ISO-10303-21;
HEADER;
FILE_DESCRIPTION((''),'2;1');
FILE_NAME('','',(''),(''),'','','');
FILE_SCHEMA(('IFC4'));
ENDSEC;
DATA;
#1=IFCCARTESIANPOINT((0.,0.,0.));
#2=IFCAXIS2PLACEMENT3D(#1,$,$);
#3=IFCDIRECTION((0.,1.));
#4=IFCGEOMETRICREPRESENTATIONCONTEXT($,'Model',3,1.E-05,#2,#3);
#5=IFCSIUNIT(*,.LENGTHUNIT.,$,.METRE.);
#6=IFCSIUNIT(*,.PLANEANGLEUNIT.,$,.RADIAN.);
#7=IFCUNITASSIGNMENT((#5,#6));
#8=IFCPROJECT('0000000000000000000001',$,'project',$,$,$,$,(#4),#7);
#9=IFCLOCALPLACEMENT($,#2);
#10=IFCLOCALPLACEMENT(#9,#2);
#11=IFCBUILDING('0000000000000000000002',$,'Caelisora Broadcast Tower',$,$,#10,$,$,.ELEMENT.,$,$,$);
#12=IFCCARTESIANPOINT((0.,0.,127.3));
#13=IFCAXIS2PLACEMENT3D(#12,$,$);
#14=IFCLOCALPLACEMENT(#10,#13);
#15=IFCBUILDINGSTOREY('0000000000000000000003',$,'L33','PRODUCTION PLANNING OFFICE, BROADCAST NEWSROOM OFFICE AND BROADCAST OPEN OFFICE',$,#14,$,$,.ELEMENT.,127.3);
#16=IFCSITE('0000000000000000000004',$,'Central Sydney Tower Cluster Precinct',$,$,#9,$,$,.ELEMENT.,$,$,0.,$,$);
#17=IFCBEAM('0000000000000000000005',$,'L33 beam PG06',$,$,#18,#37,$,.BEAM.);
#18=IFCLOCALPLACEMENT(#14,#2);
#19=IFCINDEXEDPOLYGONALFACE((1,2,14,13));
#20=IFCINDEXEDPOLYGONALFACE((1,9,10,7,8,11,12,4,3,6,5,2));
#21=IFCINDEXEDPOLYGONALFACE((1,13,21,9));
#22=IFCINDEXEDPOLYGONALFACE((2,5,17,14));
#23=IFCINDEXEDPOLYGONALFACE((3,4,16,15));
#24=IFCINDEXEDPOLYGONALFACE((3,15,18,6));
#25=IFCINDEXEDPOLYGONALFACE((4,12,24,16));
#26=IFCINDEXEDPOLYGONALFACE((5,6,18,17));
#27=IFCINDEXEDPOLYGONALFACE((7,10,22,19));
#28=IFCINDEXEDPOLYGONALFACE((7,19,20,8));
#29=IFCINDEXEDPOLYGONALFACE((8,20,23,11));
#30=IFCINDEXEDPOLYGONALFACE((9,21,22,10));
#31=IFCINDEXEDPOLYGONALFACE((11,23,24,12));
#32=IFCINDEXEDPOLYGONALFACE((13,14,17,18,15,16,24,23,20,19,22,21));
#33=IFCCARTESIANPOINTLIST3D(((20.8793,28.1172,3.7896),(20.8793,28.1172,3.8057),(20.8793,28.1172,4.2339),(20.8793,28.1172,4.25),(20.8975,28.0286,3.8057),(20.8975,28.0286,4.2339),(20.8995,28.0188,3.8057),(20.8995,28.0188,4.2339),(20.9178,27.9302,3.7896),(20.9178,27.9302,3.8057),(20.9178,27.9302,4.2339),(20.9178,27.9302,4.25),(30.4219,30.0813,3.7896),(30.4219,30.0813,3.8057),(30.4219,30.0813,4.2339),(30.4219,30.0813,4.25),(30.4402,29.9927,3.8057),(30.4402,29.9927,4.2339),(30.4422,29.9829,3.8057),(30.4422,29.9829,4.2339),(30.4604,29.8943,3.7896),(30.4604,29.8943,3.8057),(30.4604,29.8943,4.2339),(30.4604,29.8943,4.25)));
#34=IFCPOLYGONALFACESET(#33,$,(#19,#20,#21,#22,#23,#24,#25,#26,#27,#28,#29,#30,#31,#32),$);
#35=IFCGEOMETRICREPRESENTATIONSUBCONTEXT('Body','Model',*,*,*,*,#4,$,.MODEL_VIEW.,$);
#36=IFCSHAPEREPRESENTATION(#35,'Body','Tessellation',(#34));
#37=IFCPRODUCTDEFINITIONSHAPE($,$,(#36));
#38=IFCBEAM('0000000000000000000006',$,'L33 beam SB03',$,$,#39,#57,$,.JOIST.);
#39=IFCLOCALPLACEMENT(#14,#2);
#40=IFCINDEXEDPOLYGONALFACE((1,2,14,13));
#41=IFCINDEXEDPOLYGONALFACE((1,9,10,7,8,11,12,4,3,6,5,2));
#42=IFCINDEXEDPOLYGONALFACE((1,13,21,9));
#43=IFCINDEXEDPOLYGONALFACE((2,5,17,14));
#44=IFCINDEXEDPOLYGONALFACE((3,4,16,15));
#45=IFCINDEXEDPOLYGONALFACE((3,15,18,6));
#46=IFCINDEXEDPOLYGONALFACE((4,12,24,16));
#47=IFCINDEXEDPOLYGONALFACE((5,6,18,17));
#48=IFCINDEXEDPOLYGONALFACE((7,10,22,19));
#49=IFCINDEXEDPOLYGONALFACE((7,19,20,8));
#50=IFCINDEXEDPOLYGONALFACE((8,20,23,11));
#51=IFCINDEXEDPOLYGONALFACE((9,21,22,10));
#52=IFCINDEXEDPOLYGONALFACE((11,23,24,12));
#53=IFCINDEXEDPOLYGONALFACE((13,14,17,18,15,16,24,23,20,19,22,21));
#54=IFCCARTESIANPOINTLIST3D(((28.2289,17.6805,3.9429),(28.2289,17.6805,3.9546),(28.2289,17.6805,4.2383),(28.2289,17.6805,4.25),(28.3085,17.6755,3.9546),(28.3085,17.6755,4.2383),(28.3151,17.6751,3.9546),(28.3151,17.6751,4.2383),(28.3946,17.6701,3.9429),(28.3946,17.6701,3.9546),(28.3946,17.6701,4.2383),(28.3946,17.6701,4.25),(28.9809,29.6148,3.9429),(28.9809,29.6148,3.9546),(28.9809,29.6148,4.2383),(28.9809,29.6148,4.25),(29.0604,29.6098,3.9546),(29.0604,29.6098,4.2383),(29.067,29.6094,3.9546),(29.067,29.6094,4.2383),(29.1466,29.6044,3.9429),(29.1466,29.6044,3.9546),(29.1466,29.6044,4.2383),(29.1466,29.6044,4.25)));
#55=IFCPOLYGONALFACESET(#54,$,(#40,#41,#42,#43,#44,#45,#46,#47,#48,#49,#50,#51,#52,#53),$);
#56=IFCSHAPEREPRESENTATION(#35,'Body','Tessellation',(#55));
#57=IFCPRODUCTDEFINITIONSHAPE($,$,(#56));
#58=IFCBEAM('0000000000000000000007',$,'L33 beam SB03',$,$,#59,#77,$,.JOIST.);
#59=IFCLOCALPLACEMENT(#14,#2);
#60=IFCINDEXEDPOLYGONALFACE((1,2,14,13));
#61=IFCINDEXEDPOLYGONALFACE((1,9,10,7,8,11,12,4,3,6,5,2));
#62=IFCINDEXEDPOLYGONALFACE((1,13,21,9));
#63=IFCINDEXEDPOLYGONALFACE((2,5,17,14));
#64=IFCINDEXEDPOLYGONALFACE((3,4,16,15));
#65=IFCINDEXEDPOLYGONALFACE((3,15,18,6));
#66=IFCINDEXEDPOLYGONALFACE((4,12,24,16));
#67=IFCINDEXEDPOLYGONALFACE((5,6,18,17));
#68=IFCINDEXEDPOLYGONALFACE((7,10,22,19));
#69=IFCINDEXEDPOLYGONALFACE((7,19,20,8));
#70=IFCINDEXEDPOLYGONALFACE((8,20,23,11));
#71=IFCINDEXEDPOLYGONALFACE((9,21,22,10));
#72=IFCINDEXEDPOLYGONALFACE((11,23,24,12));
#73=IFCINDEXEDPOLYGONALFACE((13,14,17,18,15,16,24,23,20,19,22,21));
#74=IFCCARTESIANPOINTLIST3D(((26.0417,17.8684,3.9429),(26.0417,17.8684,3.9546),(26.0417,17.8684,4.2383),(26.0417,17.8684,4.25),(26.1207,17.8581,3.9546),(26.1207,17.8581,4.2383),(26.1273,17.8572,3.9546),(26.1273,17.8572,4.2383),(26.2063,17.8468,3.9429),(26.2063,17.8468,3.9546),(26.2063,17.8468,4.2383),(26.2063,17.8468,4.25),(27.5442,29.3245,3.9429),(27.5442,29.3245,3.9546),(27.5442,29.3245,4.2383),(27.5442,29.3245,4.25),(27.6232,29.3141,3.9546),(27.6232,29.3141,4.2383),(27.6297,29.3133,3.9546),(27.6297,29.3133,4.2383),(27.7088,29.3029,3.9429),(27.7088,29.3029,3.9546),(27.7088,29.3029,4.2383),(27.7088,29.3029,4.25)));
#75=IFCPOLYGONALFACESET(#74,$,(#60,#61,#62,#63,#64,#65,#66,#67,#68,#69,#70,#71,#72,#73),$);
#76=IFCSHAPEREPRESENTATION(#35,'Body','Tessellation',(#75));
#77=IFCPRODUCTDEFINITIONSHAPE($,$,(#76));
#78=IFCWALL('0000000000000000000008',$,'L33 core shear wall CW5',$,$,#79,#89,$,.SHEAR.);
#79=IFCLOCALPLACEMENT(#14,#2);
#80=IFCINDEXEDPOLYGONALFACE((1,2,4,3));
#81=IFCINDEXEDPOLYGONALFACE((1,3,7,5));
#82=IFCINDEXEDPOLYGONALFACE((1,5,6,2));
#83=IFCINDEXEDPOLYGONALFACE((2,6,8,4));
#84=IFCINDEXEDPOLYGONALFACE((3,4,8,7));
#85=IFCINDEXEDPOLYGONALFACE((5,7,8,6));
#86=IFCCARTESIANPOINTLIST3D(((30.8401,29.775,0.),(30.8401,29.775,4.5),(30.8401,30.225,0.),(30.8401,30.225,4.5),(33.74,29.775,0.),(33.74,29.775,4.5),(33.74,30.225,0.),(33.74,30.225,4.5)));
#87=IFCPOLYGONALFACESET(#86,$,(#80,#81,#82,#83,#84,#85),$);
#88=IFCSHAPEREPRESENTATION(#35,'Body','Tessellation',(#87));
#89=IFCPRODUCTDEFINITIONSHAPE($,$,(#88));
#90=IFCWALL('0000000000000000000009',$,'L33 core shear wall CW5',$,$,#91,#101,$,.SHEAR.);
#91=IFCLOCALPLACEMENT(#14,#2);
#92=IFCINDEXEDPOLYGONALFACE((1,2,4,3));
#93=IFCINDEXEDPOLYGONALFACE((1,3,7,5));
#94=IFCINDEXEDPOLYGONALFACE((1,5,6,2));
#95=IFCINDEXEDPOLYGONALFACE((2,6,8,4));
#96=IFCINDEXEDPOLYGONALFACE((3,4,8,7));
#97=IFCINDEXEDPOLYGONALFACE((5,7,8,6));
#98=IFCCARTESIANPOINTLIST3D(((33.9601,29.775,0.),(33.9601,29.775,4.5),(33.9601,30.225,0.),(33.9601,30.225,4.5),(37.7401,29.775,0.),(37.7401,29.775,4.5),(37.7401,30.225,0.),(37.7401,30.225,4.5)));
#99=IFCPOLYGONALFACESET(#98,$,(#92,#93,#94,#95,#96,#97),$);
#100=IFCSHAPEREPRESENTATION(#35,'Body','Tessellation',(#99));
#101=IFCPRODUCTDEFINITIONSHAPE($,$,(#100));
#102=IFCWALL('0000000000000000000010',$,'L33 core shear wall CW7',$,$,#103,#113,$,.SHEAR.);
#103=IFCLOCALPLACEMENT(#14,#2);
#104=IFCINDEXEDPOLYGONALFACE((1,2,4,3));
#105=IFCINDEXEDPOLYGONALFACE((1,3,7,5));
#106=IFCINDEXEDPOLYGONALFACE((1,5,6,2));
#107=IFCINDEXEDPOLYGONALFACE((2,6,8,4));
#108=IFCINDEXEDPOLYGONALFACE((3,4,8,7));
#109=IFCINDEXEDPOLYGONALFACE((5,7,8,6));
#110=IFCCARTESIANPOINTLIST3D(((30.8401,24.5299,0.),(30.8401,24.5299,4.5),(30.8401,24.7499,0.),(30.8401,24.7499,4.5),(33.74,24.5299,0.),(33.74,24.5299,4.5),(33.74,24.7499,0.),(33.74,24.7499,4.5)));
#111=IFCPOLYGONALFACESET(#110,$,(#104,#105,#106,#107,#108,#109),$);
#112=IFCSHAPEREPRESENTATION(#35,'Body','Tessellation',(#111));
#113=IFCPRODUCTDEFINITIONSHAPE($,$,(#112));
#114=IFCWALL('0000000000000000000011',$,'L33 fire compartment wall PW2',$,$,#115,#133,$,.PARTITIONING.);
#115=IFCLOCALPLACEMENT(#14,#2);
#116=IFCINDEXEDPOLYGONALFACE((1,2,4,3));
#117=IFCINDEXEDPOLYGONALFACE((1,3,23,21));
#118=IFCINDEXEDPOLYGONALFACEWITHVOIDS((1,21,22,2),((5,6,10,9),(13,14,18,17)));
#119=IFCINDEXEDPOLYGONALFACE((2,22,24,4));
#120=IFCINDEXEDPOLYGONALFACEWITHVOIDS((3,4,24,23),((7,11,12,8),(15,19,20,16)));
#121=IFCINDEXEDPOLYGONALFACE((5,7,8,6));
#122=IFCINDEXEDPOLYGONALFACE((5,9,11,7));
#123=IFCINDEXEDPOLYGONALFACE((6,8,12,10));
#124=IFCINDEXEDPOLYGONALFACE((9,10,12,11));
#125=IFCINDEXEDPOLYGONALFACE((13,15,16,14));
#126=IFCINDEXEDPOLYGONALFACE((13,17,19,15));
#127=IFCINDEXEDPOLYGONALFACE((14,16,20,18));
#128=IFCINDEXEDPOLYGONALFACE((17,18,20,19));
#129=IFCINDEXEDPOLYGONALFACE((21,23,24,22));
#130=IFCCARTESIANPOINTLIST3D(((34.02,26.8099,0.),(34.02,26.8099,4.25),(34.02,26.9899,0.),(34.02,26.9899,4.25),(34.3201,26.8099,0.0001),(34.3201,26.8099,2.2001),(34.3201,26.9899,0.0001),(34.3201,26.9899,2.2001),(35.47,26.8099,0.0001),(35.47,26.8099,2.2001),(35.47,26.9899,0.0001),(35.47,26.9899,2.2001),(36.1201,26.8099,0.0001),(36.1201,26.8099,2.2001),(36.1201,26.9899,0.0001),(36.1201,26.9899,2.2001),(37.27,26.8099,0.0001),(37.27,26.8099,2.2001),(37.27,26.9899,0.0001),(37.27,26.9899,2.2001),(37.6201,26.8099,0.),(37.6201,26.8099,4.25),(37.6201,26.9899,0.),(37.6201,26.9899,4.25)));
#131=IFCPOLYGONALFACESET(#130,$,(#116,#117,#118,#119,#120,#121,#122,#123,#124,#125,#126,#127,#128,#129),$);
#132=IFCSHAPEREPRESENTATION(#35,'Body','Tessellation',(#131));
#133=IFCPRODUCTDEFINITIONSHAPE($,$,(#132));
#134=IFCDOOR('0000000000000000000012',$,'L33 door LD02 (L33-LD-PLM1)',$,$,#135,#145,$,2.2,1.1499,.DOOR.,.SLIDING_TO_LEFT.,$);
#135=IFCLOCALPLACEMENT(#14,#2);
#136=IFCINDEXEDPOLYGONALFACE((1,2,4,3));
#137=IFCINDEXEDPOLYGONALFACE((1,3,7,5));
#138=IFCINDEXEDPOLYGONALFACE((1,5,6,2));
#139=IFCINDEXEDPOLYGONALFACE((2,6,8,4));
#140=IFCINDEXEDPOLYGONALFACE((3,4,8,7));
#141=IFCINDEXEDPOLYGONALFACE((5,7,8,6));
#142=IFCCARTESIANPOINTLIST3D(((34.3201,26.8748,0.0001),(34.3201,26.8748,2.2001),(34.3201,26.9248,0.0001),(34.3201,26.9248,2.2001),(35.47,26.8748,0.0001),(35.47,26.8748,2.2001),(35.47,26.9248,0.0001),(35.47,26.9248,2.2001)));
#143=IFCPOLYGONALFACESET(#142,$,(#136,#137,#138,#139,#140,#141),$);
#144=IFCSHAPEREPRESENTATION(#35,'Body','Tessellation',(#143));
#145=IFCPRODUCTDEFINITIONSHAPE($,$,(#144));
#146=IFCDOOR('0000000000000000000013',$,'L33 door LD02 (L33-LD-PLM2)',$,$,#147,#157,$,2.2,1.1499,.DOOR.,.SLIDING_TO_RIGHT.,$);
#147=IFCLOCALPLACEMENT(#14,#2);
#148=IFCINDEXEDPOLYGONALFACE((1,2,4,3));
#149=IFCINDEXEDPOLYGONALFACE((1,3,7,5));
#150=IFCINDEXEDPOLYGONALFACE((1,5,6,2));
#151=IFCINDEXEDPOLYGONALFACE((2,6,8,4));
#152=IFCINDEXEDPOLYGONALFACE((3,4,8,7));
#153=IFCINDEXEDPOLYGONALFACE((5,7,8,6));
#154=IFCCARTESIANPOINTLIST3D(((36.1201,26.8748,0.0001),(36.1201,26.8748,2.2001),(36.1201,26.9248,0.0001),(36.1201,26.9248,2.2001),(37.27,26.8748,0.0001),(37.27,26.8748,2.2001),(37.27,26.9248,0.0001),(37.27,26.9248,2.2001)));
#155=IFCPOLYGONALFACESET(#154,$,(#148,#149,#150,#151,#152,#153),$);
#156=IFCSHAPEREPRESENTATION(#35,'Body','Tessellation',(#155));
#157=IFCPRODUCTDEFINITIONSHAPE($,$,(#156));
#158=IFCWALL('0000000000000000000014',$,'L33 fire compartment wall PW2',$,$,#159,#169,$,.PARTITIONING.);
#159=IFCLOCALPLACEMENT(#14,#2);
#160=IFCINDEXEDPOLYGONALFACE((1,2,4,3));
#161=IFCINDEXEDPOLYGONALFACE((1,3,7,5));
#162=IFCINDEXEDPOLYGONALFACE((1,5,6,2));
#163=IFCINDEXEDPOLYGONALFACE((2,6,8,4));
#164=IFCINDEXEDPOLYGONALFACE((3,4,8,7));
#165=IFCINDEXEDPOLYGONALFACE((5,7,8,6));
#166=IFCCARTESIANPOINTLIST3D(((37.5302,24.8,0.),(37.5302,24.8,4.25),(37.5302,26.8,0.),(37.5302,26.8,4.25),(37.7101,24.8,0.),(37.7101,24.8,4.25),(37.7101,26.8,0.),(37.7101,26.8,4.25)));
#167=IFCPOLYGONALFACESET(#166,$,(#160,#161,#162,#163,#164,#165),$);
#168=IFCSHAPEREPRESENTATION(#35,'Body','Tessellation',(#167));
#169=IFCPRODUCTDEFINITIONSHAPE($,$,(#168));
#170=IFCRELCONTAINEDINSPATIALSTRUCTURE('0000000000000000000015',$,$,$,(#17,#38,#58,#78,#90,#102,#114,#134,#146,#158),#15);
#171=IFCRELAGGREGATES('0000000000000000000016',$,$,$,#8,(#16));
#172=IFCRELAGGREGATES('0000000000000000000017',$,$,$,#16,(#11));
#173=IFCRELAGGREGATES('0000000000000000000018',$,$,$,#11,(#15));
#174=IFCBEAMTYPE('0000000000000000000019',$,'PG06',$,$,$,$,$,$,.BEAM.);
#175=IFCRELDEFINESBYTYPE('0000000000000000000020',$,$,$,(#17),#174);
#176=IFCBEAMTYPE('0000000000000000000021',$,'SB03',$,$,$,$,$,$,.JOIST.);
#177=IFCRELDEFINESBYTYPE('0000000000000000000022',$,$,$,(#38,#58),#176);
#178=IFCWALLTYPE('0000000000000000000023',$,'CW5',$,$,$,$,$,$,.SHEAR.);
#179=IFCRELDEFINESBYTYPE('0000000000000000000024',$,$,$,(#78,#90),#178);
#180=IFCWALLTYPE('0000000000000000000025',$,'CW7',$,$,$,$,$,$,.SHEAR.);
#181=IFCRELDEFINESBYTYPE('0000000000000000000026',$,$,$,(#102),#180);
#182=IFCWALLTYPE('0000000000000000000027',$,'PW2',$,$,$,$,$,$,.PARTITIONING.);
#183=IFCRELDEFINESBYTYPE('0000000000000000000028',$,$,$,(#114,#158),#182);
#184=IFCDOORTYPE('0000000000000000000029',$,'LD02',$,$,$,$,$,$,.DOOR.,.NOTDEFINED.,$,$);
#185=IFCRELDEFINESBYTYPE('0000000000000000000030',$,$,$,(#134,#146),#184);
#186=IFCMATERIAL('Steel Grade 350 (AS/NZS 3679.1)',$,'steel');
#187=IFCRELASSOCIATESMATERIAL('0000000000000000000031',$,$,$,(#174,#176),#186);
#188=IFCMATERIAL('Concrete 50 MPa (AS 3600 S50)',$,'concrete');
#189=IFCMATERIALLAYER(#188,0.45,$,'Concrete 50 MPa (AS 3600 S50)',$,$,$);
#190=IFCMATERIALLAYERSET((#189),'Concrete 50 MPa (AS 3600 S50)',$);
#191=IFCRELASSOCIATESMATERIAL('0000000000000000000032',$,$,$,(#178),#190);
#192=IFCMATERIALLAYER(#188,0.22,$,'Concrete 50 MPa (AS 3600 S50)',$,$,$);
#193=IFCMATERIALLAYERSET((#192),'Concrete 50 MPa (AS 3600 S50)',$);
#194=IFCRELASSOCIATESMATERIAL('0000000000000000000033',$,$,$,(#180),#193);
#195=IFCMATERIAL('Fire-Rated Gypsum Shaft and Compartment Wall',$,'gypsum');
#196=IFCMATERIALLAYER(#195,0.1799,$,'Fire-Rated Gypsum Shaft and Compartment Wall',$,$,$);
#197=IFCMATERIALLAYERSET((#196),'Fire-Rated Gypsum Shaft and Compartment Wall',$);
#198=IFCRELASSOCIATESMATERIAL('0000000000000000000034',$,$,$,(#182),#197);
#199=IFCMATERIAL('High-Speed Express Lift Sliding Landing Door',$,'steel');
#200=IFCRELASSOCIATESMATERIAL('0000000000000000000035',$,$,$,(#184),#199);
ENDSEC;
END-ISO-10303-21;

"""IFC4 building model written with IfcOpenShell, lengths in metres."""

from ifc_helpers import new_model, si_unit, direction, frame, frame_2d, origin, origin_2d, place, context, subcontext, project, spatial, rectangle, i_section, extrude, source, transform, mapped, material, layer, layer_set, material_profile, profile_set, type_object, type_shapes, element, fill, save


model = new_model("IFC4")

# Units and contexts
model_context = context("Model", 3, precision=1e-05, world=origin(), true_north=direction((0.0, 1.0)))
body_context = subcontext(model_context, "Body", "Model", "MODEL_VIEW")
ifc_project = project(units=[si_unit("LENGTHUNIT", "METRE"), si_unit("PLANEANGLEUNIT", "RADIAN")], contexts=[model_context])

# Site, building, storey
site_placement = place(None, origin())
site = spatial("IfcSite", under=ifc_project, at=site_placement, Name="Central Sydney Tower Cluster Precinct", CompositionType="ELEMENT", RefElevation=0.0)
building_placement = place(site_placement, origin())
building = spatial("IfcBuilding", under=site, at=building_placement, Name="Caelisora Broadcast Tower", CompositionType="ELEMENT")
storey_placement = place(building_placement, frame((0.0, 0.0, 127.3)))
storey = spatial("IfcBuildingStorey", under=building, at=storey_placement, Name="L33", Description="PRODUCTION PLANNING OFFICE, BROADCAST NEWSROOM OFFICE AND BROADCAST OPEN OFFICE", CompositionType="ELEMENT", Elevation=127.3)

# Beams
ifc_material_1 = material(Name="Steel Grade 350 (AS/NZS 3679.1)", Category="steel")
ifc_material_profile_1 = material_profile(ifc_material_1, i_section(OverallWidth=0.1909, OverallDepth=0.4604, WebThickness=0.01, FlangeThickness=0.0161, at=origin_2d()), Name="Steel Grade 350 (AS/NZS 3679.1)")
ifc_profile_set_1 = profile_set([ifc_material_profile_1], Name="Steel Grade 350 (AS/NZS 3679.1)")
beam_type_1 = type_object("IfcBeamType", Name="PG06", PredefinedType="BEAM", material=ifc_profile_set_1)
shared_shape_1 = source(origin(), body_context, "Body", "SweptSolid", [
    extrude(i_section(OverallWidth=0.1909, OverallDepth=0.4604, WebThickness=0.01, FlangeThickness=0.0161, at=origin_2d()), origin(), (0.0, 0.0, 1.0), 9.7427),
])
beam_1_placement = place(storey_placement, frame((30.4412, 29.9878, 4.0198), z_axis=(-0.979469, -0.201597, 0.0), x_axis=(0.201597, -0.979469, 0.0)))
element("IfcBeam", 1, at=beam_1_placement, inside=storey, type_object=beam_type_1, Name="L33 beam PG06", PredefinedType="BEAM", context=body_context, shape_type="MappedRepresentation", body=[
    mapped(shared_shape_1, transform((0.0, 0.0, 0.0), scale=1.0)),
])
ifc_material_profile_2 = material_profile(ifc_material_1, i_section(OverallWidth=0.166, OverallDepth=0.3071, WebThickness=0.0066, FlangeThickness=0.0117, at=origin_2d()), Name="Steel Grade 350 (AS/NZS 3679.1)")
ifc_profile_set_2 = profile_set([ifc_material_profile_2], Name="Steel Grade 350 (AS/NZS 3679.1)")
beam_type_2 = type_object("IfcBeamType", Name="SB03", PredefinedType="JOIST", material=ifc_profile_set_2)
shared_shape_2 = source(origin(), body_context, "Body", "SweptSolid", [
    extrude(i_section(OverallWidth=0.166, OverallDepth=0.3071, WebThickness=0.0066, FlangeThickness=0.0117, at=origin_2d()), origin(), (0.0, 0.0, 1.0), 11.958),
])
beam_2_placement = place(storey_placement, frame((29.0637, 29.6096, 4.0964), z_axis=(-0.062883, -0.998021, 0.0), x_axis=(0.998021, -0.062883, 0.0)))
element("IfcBeam", 2, at=beam_2_placement, inside=storey, type_object=beam_type_2, Name="L33 beam SB03", PredefinedType="JOIST", context=body_context, shape_type="MappedRepresentation", body=[
    mapped(shared_shape_2, transform((0.0, 0.0, 0.0), scale=1.0)),
])
shared_shape_3 = source(origin(), body_context, "Body", "SweptSolid", [
    extrude(i_section(OverallWidth=0.166, OverallDepth=0.3071, WebThickness=0.0066, FlangeThickness=0.0117, at=origin_2d()), origin(), (0.0, 0.0, 1.0), 11.5542),
])
type_shapes(beam_type_2, [shared_shape_2, shared_shape_3])
beam_3_placement = place(storey_placement, frame((27.6265, 29.3137, 4.0964), z_axis=(-0.130035, -0.991509, 0.0), x_axis=(0.991509, -0.130035, 0.0)))
element("IfcBeam", 3, at=beam_3_placement, inside=storey, type_object=beam_type_2, Name="L33 beam SB03", PredefinedType="JOIST", context=body_context, shape_type="MappedRepresentation", body=[
    mapped(shared_shape_3, transform((0.0, 0.0, 0.0), scale=1.0)),
])

# Walls
ifc_material_2 = material(Name="Concrete 50 MPa (AS 3600 S50)", Category="concrete")
ifc_layer_1 = layer(ifc_material_2, 0.45, Name="Concrete 50 MPa (AS 3600 S50)")
ifc_layer_set_1 = layer_set([ifc_layer_1], Name="Concrete 50 MPa (AS 3600 S50)")
wall_type_1 = type_object("IfcWallType", Name="CW5", PredefinedType="SHEAR", material=ifc_layer_set_1)
wall_1_placement = place(storey_placement, frame((30.8401, 30.0, 0.0), z_axis=(0.0, 0.0, 1.0), x_axis=(1.0, 0.0, 0.0)))
element("IfcWall", 4, at=wall_1_placement, inside=storey, type_object=wall_type_1, Name="L33 core shear wall CW5", PredefinedType="SHEAR", context=body_context, shape_type="SweptSolid", body=[
    extrude(rectangle(XDim=2.8999, YDim=0.45, at=frame_2d((1.45, 0.0))), origin(), (0.0, 0.0, 1.0), 4.5),
])
wall_2_placement = place(storey_placement, frame((33.96, 30.0, 0.0), z_axis=(0.0, 0.0, 1.0), x_axis=(1.0, 0.0, 0.0)))
element("IfcWall", 5, at=wall_2_placement, inside=storey, type_object=wall_type_1, Name="L33 core shear wall CW5", PredefinedType="SHEAR", context=body_context, shape_type="SweptSolid", body=[
    extrude(rectangle(XDim=3.78, YDim=0.45, at=frame_2d((1.8901, 0.0))), origin(), (0.0, 0.0, 1.0), 4.5),
])
ifc_layer_2 = layer(ifc_material_2, 0.22, Name="Concrete 50 MPa (AS 3600 S50)")
ifc_layer_set_2 = layer_set([ifc_layer_2], Name="Concrete 50 MPa (AS 3600 S50)")
wall_type_2 = type_object("IfcWallType", Name="CW7", PredefinedType="SHEAR", material=ifc_layer_set_2)
wall_3_placement = place(storey_placement, frame((30.8401, 24.6399, 0.0), z_axis=(0.0, 0.0, 1.0), x_axis=(1.0, 0.0, 0.0)))
element("IfcWall", 6, at=wall_3_placement, inside=storey, type_object=wall_type_2, Name="L33 core shear wall CW7", PredefinedType="SHEAR", context=body_context, shape_type="SweptSolid", body=[
    extrude(rectangle(XDim=2.8999, YDim=0.22, at=frame_2d((1.45, 0.0))), origin(), (0.0, 0.0, 1.0), 4.5),
])

# Wall, openings, doors
ifc_material_3 = material(Name="Fire-Rated Gypsum Shaft and Compartment Wall", Category="gypsum")
ifc_layer_3 = layer(ifc_material_3, 0.1799, Name="Fire-Rated Gypsum Shaft and Compartment Wall")
ifc_layer_set_3 = layer_set([ifc_layer_3], Name="Fire-Rated Gypsum Shaft and Compartment Wall")
wall_type_3 = type_object("IfcWallType", Name="PW2", PredefinedType="PARTITIONING", material=ifc_layer_set_3)
wall_4_placement = place(storey_placement, frame((34.02, 26.8999, 0.0), z_axis=(0.0, 0.0, 1.0), x_axis=(1.0, 0.0, 0.0)))
wall_4 = element("IfcWall", 7, at=wall_4_placement, inside=storey, type_object=wall_type_3, Name="L33 fire compartment wall PW2", PredefinedType="PARTITIONING", context=body_context, shape_type="SweptSolid", body=[
    extrude(rectangle(XDim=3.6001, YDim=0.1799, at=frame_2d((1.8, 0.0))), origin(), (0.0, 0.0, 1.0), 4.25),
])
opening_1_placement = place(wall_4_placement, frame((0.3, 0.0, 0.0)))
opening_1 = element("IfcOpeningElement", 8, at=opening_1_placement, cuts=wall_4, PredefinedType="OPENING", context=body_context, shape_type="SweptSolid", body=[
    extrude(rectangle(XDim=1.1499, YDim=2.2, at=frame_2d((0.575, 1.1001))), frame((0.0, 0.1021, 0.0), z_axis=(0.0, -1.0, 0.0), x_axis=(1.0, 0.0, 0.0)), (0.0, 0.0, 1.0), 0.2039),
])
opening_2_placement = place(wall_4_placement, frame((2.1001, 0.0, 0.0)))
opening_2 = element("IfcOpeningElement", 9, at=opening_2_placement, cuts=wall_4, PredefinedType="OPENING", context=body_context, shape_type="SweptSolid", body=[
    extrude(rectangle(XDim=1.1499, YDim=2.2, at=frame_2d((0.575, 1.1001))), frame((0.0, 0.1021, 0.0), z_axis=(0.0, -1.0, 0.0), x_axis=(1.0, 0.0, 0.0)), (0.0, 0.0, 1.0), 0.2039),
])
ifc_material_4 = material(Name="High-Speed Express Lift Sliding Landing Door", Category="steel")
door_type = type_object("IfcDoorType", Name="LD02", OperationType="NOTDEFINED", PredefinedType="DOOR", material=ifc_material_4)
door_1_placement = place(opening_1_placement, origin())
door_1 = element("IfcDoor", 10, at=door_1_placement, inside=storey, type_object=door_type, Name="L33 door LD02 (L33-LD-PLM1)", OperationType="SLIDING_TO_LEFT", OverallHeight=2.2, OverallWidth=1.1499, PredefinedType="DOOR", context=body_context, shape_type="SweptSolid", body=[
    extrude(rectangle(XDim=1.1499, YDim=2.2, at=frame_2d((0.575, 1.1001))), frame((0.0, 0.0249, 0.0), z_axis=(0.0, -1.0, 0.0), x_axis=(1.0, 0.0, 0.0)), (0.0, 0.0, 1.0), 0.05),
])
fill(opening_1, door_1)
door_2_placement = place(opening_2_placement, origin())
door_2 = element("IfcDoor", 11, at=door_2_placement, inside=storey, type_object=door_type, Name="L33 door LD02 (L33-LD-PLM2)", OperationType="SLIDING_TO_RIGHT", OverallHeight=2.2, OverallWidth=1.1499, PredefinedType="DOOR", context=body_context, shape_type="SweptSolid", body=[
    extrude(rectangle(XDim=1.1499, YDim=2.2, at=frame_2d((0.575, 1.1001))), frame((0.0, 0.0249, 0.0), z_axis=(0.0, -1.0, 0.0), x_axis=(1.0, 0.0, 0.0)), (0.0, 0.0, 1.0), 0.05),
])
fill(opening_2, door_2)

# Wall
wall_5_placement = place(storey_placement, frame((37.6201, 24.8, 0.0), z_axis=(0.0, 0.0, 1.0), x_axis=(0.0, 1.0, 0.0)))
element("IfcWall", 12, at=wall_5_placement, inside=storey, type_object=wall_type_3, Name="L33 fire compartment wall PW2", PredefinedType="PARTITIONING", context=body_context, shape_type="SweptSolid", body=[
    extrude(rectangle(XDim=2.0, YDim=0.1799, at=frame_2d((1.0, 0.0))), origin(), (0.0, 0.0, 1.0), 4.25),
])

save(model, "model.ifc")
